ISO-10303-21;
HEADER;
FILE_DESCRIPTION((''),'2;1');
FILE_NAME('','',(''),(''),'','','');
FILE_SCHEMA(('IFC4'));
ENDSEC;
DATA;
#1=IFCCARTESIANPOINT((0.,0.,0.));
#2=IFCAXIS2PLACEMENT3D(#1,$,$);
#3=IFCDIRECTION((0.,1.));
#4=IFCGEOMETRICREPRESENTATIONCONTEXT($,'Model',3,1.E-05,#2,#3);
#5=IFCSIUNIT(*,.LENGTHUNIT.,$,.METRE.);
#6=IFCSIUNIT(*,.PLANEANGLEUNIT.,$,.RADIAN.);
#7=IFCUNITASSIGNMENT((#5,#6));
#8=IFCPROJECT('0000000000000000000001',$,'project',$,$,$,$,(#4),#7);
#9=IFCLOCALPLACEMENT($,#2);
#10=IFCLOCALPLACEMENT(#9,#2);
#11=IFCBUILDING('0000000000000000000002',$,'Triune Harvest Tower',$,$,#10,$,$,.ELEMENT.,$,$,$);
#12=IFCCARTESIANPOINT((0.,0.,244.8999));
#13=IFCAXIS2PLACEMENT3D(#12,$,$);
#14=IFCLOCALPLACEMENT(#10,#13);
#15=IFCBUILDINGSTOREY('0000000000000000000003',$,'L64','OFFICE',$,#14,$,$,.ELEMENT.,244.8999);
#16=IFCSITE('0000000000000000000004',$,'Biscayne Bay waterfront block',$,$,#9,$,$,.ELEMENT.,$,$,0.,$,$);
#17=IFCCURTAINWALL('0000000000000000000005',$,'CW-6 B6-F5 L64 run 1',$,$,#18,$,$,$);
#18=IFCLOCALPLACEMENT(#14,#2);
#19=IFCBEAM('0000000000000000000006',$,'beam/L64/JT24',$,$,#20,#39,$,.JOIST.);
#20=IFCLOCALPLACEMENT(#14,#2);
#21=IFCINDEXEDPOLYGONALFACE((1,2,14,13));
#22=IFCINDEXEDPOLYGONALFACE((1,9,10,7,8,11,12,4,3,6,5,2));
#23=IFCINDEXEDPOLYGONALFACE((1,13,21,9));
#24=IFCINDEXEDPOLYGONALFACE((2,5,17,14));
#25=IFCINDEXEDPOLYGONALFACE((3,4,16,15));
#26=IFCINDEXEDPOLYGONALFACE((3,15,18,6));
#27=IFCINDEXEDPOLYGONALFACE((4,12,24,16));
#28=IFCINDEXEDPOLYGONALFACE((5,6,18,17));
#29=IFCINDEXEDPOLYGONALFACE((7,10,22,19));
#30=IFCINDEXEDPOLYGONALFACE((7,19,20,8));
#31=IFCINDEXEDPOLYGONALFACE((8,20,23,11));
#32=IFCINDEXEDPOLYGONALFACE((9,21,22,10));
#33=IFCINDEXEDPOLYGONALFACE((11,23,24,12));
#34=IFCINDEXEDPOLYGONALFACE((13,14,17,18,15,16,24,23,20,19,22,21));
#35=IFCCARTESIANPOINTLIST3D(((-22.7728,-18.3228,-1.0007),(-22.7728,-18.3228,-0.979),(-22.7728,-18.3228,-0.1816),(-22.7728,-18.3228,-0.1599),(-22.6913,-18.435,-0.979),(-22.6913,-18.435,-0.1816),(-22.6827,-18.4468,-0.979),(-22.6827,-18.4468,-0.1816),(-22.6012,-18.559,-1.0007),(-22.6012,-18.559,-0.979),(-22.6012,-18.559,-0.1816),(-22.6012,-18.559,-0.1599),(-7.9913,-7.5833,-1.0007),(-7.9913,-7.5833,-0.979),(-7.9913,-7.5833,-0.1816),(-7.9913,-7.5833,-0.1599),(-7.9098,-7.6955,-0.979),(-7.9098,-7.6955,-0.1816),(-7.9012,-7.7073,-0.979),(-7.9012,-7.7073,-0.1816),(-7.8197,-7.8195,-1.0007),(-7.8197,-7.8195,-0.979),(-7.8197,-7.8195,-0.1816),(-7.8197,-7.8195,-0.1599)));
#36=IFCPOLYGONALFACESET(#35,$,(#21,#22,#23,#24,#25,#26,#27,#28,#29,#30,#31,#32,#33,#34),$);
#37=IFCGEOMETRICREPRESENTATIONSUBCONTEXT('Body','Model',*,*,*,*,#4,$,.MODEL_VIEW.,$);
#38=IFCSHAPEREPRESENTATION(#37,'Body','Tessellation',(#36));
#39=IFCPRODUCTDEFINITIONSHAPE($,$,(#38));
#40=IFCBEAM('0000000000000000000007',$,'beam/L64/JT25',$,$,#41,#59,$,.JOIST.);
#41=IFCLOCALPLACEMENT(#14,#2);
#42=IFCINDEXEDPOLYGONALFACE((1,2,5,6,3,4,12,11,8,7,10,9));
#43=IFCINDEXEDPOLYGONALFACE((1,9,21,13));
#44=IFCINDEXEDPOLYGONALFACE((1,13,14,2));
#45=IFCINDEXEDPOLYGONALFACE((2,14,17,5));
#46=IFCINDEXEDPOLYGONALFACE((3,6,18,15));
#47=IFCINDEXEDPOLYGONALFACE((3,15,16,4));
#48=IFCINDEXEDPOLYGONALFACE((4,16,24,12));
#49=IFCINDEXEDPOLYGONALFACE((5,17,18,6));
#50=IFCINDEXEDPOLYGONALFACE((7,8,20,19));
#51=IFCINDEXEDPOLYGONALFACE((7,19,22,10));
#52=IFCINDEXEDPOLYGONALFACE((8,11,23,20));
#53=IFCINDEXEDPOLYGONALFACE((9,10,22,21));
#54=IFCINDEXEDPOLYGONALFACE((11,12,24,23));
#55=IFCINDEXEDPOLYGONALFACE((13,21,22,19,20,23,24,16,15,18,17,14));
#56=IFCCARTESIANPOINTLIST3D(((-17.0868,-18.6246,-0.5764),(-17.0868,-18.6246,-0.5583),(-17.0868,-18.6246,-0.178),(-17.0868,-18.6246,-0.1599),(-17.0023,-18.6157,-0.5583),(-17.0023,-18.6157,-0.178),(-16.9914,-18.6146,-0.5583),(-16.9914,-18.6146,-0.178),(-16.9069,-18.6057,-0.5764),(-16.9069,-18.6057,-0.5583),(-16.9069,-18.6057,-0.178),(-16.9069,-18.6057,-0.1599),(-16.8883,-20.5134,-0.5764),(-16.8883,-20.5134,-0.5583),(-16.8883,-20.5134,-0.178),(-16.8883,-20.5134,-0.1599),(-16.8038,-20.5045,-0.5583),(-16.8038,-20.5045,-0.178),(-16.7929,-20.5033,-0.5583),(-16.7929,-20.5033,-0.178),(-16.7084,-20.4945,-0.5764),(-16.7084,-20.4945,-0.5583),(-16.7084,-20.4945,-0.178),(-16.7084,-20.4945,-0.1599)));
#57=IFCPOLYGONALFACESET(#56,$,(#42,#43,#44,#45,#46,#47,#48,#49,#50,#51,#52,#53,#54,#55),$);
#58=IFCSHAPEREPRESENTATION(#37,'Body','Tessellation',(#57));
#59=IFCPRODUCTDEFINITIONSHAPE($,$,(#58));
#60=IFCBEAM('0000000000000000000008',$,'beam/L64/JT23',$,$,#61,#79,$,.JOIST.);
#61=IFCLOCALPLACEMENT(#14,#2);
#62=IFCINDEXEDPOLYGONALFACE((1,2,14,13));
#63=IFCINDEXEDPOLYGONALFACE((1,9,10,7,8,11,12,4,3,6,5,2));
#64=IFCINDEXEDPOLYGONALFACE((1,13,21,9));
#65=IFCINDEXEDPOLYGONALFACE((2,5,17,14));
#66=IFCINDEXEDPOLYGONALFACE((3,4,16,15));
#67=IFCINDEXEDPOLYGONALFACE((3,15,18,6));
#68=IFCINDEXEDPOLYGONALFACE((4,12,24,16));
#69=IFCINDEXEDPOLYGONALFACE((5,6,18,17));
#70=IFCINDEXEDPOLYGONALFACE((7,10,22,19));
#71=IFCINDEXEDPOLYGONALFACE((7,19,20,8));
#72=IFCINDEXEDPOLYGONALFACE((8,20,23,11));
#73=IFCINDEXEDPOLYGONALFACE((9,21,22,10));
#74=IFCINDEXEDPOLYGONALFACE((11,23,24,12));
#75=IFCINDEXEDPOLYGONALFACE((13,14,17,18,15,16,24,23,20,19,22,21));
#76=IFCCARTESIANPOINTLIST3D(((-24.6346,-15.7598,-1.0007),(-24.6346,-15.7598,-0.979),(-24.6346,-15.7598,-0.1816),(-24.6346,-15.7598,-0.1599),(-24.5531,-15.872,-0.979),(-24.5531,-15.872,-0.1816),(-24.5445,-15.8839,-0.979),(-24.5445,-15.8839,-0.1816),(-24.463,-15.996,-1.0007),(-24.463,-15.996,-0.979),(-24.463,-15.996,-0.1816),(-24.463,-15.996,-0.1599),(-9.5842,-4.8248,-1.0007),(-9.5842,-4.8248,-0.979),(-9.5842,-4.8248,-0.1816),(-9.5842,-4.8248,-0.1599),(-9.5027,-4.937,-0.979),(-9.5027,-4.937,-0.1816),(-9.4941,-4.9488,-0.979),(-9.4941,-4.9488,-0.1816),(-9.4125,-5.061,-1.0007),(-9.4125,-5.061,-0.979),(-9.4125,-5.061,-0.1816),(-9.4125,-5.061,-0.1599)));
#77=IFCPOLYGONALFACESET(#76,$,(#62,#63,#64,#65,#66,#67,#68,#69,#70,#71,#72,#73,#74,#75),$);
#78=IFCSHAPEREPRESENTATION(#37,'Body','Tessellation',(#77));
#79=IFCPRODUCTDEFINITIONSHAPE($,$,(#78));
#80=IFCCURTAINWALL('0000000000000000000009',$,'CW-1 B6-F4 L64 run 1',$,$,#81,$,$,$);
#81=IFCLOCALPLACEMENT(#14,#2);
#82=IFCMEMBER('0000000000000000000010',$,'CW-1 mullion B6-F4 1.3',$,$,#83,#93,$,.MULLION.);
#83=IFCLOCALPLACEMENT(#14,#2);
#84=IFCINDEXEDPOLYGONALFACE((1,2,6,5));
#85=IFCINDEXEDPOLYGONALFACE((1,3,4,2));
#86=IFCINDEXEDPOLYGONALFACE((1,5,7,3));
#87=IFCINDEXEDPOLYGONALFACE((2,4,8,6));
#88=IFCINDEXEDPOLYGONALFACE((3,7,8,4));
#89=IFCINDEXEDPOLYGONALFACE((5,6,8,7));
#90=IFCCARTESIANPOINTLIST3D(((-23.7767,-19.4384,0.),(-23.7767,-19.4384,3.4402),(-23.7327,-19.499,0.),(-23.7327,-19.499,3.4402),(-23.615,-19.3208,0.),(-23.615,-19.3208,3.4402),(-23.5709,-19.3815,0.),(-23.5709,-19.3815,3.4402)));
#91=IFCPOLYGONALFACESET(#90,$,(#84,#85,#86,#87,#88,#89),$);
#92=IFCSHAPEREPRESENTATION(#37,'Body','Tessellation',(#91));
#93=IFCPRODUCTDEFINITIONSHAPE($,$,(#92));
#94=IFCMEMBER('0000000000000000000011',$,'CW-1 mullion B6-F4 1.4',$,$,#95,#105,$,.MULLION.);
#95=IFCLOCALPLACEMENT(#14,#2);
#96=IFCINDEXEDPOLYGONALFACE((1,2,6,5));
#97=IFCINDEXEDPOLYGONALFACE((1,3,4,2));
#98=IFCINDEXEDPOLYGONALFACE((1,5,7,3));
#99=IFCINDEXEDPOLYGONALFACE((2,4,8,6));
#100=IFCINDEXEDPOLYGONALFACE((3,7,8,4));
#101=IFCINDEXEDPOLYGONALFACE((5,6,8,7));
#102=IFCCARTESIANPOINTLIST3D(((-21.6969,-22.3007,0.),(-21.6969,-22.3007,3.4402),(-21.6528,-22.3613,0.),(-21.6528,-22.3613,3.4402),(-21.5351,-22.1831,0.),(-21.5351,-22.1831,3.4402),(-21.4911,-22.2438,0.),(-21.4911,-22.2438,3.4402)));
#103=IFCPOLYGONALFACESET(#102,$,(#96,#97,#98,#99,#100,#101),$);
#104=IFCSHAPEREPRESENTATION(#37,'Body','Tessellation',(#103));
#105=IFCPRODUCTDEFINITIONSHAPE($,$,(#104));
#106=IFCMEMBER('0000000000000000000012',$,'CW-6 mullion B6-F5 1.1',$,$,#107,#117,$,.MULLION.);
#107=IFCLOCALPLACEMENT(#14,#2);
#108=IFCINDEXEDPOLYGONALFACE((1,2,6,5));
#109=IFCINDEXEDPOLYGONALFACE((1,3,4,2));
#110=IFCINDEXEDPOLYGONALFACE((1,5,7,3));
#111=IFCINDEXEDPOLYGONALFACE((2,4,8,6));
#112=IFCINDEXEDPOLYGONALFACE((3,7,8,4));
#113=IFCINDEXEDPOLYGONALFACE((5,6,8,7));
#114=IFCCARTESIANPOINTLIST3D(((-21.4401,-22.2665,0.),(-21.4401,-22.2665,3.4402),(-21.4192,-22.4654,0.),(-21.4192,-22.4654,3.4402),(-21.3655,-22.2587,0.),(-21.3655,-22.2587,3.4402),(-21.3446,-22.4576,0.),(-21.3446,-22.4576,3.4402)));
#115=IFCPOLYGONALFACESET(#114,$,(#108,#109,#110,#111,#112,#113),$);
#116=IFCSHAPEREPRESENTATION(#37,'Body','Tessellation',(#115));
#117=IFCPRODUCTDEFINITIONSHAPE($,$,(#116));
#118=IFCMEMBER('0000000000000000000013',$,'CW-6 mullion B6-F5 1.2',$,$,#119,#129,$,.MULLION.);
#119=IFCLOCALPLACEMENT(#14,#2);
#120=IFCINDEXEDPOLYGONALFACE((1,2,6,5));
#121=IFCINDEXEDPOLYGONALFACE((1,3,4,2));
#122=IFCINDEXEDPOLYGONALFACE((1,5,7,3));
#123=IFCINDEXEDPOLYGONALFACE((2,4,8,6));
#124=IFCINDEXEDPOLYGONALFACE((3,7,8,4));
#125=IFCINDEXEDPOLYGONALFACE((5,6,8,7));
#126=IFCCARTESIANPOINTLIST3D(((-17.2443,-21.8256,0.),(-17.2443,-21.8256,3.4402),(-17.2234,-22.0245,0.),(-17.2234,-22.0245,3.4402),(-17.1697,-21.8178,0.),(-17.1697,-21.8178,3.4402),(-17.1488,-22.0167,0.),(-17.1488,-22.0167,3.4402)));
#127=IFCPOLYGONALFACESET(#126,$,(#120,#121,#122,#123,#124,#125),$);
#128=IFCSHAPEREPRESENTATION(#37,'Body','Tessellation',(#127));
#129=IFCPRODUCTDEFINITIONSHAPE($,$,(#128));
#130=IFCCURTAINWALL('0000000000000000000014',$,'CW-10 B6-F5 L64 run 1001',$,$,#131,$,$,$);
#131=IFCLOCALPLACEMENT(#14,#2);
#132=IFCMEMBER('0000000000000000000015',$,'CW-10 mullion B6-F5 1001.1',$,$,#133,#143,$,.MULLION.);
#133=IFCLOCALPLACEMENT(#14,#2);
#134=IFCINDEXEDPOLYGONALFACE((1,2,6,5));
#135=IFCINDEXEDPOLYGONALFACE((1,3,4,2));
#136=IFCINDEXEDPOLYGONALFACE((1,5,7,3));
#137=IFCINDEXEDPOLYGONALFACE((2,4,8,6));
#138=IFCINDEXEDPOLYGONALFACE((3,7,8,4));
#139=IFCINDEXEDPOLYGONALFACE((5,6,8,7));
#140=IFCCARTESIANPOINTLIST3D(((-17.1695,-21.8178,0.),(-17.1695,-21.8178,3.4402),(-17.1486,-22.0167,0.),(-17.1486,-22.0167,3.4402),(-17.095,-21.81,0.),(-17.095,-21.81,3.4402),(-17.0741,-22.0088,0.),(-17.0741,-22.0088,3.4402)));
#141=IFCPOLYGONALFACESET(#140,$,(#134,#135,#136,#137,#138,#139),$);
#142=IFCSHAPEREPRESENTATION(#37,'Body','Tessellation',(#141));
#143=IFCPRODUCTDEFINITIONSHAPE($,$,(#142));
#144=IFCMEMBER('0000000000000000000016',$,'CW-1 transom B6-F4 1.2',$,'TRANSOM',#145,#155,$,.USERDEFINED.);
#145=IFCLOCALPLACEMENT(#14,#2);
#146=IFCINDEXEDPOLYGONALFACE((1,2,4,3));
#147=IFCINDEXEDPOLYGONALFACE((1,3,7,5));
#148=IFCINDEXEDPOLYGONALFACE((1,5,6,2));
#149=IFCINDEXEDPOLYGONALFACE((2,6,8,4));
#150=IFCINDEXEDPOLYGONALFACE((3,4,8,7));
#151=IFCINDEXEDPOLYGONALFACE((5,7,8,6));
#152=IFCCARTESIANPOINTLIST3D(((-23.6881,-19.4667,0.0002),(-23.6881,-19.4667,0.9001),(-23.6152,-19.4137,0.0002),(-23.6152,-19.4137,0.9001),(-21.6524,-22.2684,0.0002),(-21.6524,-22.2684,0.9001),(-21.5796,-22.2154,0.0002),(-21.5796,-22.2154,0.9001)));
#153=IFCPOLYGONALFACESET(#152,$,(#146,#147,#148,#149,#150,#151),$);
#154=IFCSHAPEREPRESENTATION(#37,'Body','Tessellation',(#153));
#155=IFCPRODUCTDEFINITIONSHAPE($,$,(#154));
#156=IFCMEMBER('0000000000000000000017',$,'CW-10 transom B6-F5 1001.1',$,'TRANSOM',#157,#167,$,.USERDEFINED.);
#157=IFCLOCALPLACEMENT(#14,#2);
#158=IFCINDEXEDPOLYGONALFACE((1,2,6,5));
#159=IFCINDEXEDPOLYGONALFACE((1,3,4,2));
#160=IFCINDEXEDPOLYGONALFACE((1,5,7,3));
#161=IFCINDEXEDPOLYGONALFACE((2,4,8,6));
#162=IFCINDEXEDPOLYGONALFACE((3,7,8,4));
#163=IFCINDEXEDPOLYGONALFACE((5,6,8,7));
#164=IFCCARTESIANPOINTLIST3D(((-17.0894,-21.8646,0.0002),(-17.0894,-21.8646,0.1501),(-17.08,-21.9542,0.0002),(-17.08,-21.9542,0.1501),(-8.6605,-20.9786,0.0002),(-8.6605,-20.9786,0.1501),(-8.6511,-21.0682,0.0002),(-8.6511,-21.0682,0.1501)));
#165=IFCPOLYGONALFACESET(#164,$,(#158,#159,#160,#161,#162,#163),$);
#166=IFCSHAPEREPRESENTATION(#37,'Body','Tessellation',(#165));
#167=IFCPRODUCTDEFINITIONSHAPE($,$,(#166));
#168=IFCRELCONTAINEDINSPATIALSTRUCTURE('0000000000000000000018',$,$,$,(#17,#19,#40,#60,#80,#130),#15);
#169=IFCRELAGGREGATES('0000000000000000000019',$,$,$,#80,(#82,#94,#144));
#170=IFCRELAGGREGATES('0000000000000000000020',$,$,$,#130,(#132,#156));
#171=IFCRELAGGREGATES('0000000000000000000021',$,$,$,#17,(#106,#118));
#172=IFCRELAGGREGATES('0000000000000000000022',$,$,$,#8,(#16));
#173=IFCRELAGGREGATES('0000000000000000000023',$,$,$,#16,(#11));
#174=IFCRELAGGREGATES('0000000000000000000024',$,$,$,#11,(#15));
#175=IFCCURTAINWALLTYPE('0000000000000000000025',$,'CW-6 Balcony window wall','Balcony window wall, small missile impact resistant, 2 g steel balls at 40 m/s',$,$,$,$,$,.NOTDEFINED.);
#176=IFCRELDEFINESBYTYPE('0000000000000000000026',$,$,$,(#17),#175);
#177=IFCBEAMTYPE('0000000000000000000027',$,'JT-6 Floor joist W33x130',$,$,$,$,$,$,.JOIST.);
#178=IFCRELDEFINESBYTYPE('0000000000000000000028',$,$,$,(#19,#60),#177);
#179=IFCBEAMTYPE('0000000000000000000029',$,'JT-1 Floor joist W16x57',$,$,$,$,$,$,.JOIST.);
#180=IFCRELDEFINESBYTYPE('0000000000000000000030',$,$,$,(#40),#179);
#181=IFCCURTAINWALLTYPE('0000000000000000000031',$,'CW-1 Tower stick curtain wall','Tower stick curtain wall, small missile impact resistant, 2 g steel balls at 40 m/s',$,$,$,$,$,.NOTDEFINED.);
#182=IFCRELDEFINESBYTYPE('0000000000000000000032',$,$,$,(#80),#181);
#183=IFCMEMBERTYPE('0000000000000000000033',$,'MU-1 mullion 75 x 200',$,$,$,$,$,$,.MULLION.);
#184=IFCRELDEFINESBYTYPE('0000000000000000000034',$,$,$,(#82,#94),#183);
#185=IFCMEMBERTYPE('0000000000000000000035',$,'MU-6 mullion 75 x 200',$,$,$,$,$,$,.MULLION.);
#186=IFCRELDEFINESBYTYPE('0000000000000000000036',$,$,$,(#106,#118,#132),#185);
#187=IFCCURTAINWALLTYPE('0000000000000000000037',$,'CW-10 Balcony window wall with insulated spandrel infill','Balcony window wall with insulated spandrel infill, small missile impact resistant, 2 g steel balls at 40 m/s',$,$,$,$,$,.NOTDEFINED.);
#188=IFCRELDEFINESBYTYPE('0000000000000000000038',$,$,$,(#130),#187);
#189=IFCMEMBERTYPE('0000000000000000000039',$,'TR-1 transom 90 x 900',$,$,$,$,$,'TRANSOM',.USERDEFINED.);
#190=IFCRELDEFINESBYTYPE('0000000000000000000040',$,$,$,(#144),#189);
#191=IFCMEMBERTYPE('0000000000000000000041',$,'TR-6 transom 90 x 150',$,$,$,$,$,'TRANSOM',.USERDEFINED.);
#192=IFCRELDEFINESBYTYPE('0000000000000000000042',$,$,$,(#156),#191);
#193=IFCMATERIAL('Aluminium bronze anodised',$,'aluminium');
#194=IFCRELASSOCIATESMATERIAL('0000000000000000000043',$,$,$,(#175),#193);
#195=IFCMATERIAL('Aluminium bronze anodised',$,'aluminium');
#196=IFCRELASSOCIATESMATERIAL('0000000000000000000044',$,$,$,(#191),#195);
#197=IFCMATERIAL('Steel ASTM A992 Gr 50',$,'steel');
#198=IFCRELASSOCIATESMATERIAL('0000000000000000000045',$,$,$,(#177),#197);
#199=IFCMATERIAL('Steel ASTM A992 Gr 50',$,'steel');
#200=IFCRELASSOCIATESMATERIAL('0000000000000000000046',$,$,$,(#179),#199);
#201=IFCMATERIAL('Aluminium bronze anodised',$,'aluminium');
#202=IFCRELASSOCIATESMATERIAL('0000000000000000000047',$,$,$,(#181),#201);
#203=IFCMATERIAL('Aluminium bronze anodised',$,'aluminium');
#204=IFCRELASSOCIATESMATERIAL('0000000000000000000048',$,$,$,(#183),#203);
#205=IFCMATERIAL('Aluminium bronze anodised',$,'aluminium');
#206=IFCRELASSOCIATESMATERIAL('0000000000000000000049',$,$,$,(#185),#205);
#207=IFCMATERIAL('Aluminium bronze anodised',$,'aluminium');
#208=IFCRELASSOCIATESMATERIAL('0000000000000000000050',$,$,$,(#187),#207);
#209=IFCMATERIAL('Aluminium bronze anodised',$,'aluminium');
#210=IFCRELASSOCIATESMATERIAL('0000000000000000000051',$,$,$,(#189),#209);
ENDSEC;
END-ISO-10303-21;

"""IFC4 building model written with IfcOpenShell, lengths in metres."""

from ifc_helpers import new_model, si_unit, direction, frame, origin, origin_2d, place, context, subcontext, project, spatial, rectangle, i_section, extrude, source, transform, mapped, material, material_profile, profile_set, type_object, element, aggregate, save


model = new_model("IFC4")

# Units and contexts
model_context = context("Model", 3, precision=1e-05, world=origin(), true_north=direction((0.0, 1.0)))
body_context = subcontext(model_context, "Body", "Model", "MODEL_VIEW")
ifc_project = project(units=[si_unit("LENGTHUNIT", "METRE"), si_unit("PLANEANGLEUNIT", "RADIAN")], contexts=[model_context])

# Site, building, storey
site_placement = place(None, origin())
site = spatial("IfcSite", under=ifc_project, at=site_placement, Name="Biscayne Bay waterfront block", CompositionType="ELEMENT", RefElevation=0.0)
building_placement = place(site_placement, origin())
building = spatial("IfcBuilding", under=site, at=building_placement, Name="Triune Harvest Tower", CompositionType="ELEMENT")
storey_placement = place(building_placement, frame((0.0, 0.0, 244.8999)))
storey = spatial("IfcBuildingStorey", under=building, at=storey_placement, Name="L64", Description="OFFICE", CompositionType="ELEMENT", Elevation=244.8999)

# Curtain wall
ifc_material_1 = material(Name="Aluminium bronze anodised", Category="aluminium")
curtain_wall_type_1 = type_object("IfcCurtainWallType", Name="CW-6 Balcony window wall", Description="Balcony window wall, small missile impact resistant, 2 g steel balls at 40 m/s", PredefinedType="NOTDEFINED", material=ifc_material_1)
curtain_wall_1_placement = place(storey_placement, origin())
curtain_wall_1 = element("IfcCurtainWall", 1, at=curtain_wall_1_placement, inside=storey, type_object=curtain_wall_type_1, Name="CW-6 B6-F5 L64 run 1")
ifc_material_2 = material(Name="Aluminium bronze anodised", Category="aluminium")
ifc_material_profile_1 = material_profile(ifc_material_2, rectangle(XDim=0.0901, YDim=0.1499, at=origin_2d()), Name="TR-6 transom 90 x 150")
ifc_profile_set_1 = profile_set([ifc_material_profile_1], Name="Aluminium bronze anodised")
member_type_1 = type_object("IfcMemberType", Name="TR-6 transom 90 x 150", ElementType="TRANSOM", PredefinedType="USERDEFINED", material=ifc_profile_set_1)

# Beams
ifc_material_3 = material(Name="Steel ASTM A992 Gr 50", Category="steel")
ifc_material_profile_2 = material_profile(ifc_material_3, i_section(OverallWidth=0.292, OverallDepth=0.8408, WebThickness=0.0146, FlangeThickness=0.0217, at=origin_2d()), Name="W33x130")
ifc_profile_set_2 = profile_set([ifc_material_profile_2], Name="Steel ASTM A992 Gr 50")
beam_type_1 = type_object("IfcBeamType", Name="JT-6 Floor joist W33x130", PredefinedType="JOIST", material=ifc_profile_set_2)
shared_shape_1 = source(origin(), body_context, "Body", "SweptSolid", [
    extrude(i_section(OverallWidth=0.292, OverallDepth=0.8408, WebThickness=0.0146, FlangeThickness=0.0217, at=origin_2d()), origin(), (0.0, 0.0, 1.0), 18.271),
])
beam_1_placement = place(storey_placement, frame((-22.687, -18.4409, -0.5803), z_axis=(0.809014, 0.587789, 0.0), x_axis=(-0.587789, 0.809014, 0.0)))
element("IfcBeam", 2, at=beam_1_placement, inside=storey, type_object=beam_type_1, Name="beam/L64/JT24", PredefinedType="JOIST", context=body_context, shape_type="MappedRepresentation", body=[
    mapped(shared_shape_1, transform((0.0, 0.0, 0.0), scale=1.0)),
])
ifc_material_4 = material(Name="Steel ASTM A992 Gr 50", Category="steel")
ifc_material_profile_3 = material_profile(ifc_material_4, i_section(OverallWidth=0.1809, OverallDepth=0.4165, WebThickness=0.011, FlangeThickness=0.0181, at=origin_2d()), Name="W16x57")
ifc_profile_set_3 = profile_set([ifc_material_profile_3], Name="Steel ASTM A992 Gr 50")
beam_type_2 = type_object("IfcBeamType", Name="JT-1 Floor joist W16x57", PredefinedType="JOIST", material=ifc_profile_set_3)
shared_shape_2 = source(origin(), body_context, "Body", "SweptSolid", [
    extrude(i_section(OverallWidth=0.1809, OverallDepth=0.4165, WebThickness=0.011, FlangeThickness=0.0181, at=origin_2d()), origin(), (0.0, 0.0, 1.0), 1.8992),
])
beam_2_placement = place(storey_placement, frame((-16.7983, -20.5039, -0.3682), z_axis=(-0.104517, 0.994523, 0.0), x_axis=(-0.994523, -0.104517, 0.0)))
element("IfcBeam", 3, at=beam_2_placement, inside=storey, type_object=beam_type_2, Name="beam/L64/JT25", PredefinedType="JOIST", context=body_context, shape_type="MappedRepresentation", body=[
    mapped(shared_shape_2, transform((0.0, 0.0, 0.0), scale=1.0)),
])
shared_shape_3 = source(origin(), body_context, "Body", "SweptSolid", [
    extrude(i_section(OverallWidth=0.292, OverallDepth=0.8408, WebThickness=0.0146, FlangeThickness=0.0217, at=origin_2d()), origin(), (0.0, 0.0, 1.0), 18.6035),
])
beam_3_placement = place(storey_placement, frame((-24.5488, -15.8779, -0.5803), z_axis=(0.809012, 0.587792, 0.0), x_axis=(-0.587792, 0.809012, 0.0)))
element("IfcBeam", 4, at=beam_3_placement, inside=storey, type_object=beam_type_1, Name="beam/L64/JT23", PredefinedType="JOIST", context=body_context, shape_type="MappedRepresentation", body=[
    mapped(shared_shape_3, transform((0.0, 0.0, 0.0), scale=1.0)),
])

# Curtain wall, members
ifc_material_5 = material(Name="Aluminium bronze anodised", Category="aluminium")
curtain_wall_type_2 = type_object("IfcCurtainWallType", Name="CW-1 Tower stick curtain wall", Description="Tower stick curtain wall, small missile impact resistant, 2 g steel balls at 40 m/s", PredefinedType="NOTDEFINED", material=ifc_material_5)
curtain_wall_2_placement = place(storey_placement, origin())
curtain_wall_2 = element("IfcCurtainWall", 5, at=curtain_wall_2_placement, inside=storey, type_object=curtain_wall_type_2, Name="CW-1 B6-F4 L64 run 1")
ifc_material_6 = material(Name="Aluminium bronze anodised", Category="aluminium")
ifc_material_profile_4 = material_profile(ifc_material_6, rectangle(XDim=0.2, YDim=0.075, at=origin_2d()), Name="MU-1 mullion 75 x 200")
ifc_profile_set_4 = profile_set([ifc_material_profile_4], Name="Aluminium bronze anodised")
member_type_2 = type_object("IfcMemberType", Name="MU-1 mullion 75 x 200", PredefinedType="MULLION", material=ifc_profile_set_4)
shared_shape_4 = source(origin(), body_context, "Body", "SweptSolid", [
    extrude(rectangle(XDim=0.2, YDim=0.075, at=origin_2d()), origin(), (0.0, 0.0, 1.0), 3.4402),
])
member_1_placement = place(storey_placement, frame((-23.6738, -19.4099, 0.0), z_axis=(0.0, 0.0, 1.0), x_axis=(0.809014, 0.587789, 0.0)))
member_1 = element("IfcMember", 6, at=member_1_placement, type_object=member_type_2, Name="CW-1 mullion B6-F4 1.3", PredefinedType="MULLION", context=body_context, shape_type="MappedRepresentation", body=[
    mapped(shared_shape_4, transform((0.0, 0.0, 0.0), scale=1.0)),
])
member_2_placement = place(storey_placement, frame((-21.594, -22.2722, 0.0), z_axis=(0.0, 0.0, 1.0), x_axis=(0.809014, 0.587789, 0.0)))
member_2 = element("IfcMember", 7, at=member_2_placement, type_object=member_type_2, Name="CW-1 mullion B6-F4 1.4", PredefinedType="MULLION", context=body_context, shape_type="MappedRepresentation", body=[
    mapped(shared_shape_4, transform((0.0, 0.0, 0.0), scale=1.0)),
])

# Members
ifc_material_7 = material(Name="Aluminium bronze anodised", Category="aluminium")
ifc_material_profile_5 = material_profile(ifc_material_7, rectangle(XDim=0.2, YDim=0.075, at=origin_2d()), Name="MU-6 mullion 75 x 200")
ifc_profile_set_5 = profile_set([ifc_material_profile_5], Name="Aluminium bronze anodised")
member_type_3 = type_object("IfcMemberType", Name="MU-6 mullion 75 x 200", PredefinedType="MULLION", material=ifc_profile_set_5)
shared_shape_5 = source(origin(), body_context, "Body", "SweptSolid", [
    extrude(rectangle(XDim=0.2, YDim=0.075, at=origin_2d()), origin(), (0.0, 0.0, 1.0), 3.4402),
])
member_3_placement = place(storey_placement, frame((-21.3923, -22.3621, 0.0), z_axis=(0.0, 0.0, 1.0), x_axis=(-0.104518, 0.994523, 0.0)))
member_3 = element("IfcMember", 8, at=member_3_placement, type_object=member_type_3, Name="CW-6 mullion B6-F5 1.1", PredefinedType="MULLION", context=body_context, shape_type="MappedRepresentation", body=[
    mapped(shared_shape_5, transform((0.0, 0.0, 0.0), scale=1.0)),
])
member_4_placement = place(storey_placement, frame((-17.1965, -21.9211, 0.0), z_axis=(0.0, 0.0, 1.0), x_axis=(-0.104518, 0.994523, 0.0)))
member_4 = element("IfcMember", 9, at=member_4_placement, type_object=member_type_3, Name="CW-6 mullion B6-F5 1.2", PredefinedType="MULLION", context=body_context, shape_type="MappedRepresentation", body=[
    mapped(shared_shape_5, transform((0.0, 0.0, 0.0), scale=1.0)),
])

# Curtain wall, member
ifc_material_8 = material(Name="Aluminium bronze anodised", Category="aluminium")
curtain_wall_type_3 = type_object("IfcCurtainWallType", Name="CW-10 Balcony window wall with insulated spandrel infill", Description="Balcony window wall with insulated spandrel infill, small missile impact resistant, 2 g steel balls at 40 m/s", PredefinedType="NOTDEFINED", material=ifc_material_8)
curtain_wall_3_placement = place(storey_placement, origin())
curtain_wall_3 = element("IfcCurtainWall", 10, at=curtain_wall_3_placement, inside=storey, type_object=curtain_wall_type_3, Name="CW-10 B6-F5 L64 run 1001")
member_5_placement = place(storey_placement, frame((-17.1218, -21.9133, 0.0), z_axis=(0.0, 0.0, 1.0), x_axis=(-0.104534, 0.994521, 0.0)))
member_5 = element("IfcMember", 11, at=member_5_placement, type_object=member_type_3, Name="CW-10 mullion B6-F5 1001.1", PredefinedType="MULLION", context=body_context, shape_type="MappedRepresentation", body=[
    mapped(shared_shape_5, transform((0.0, 0.0, 0.0), scale=1.0)),
])

# Members
ifc_material_9 = material(Name="Aluminium bronze anodised", Category="aluminium")
ifc_material_profile_6 = material_profile(ifc_material_9, rectangle(XDim=0.0901, YDim=0.8999, at=origin_2d()), Name="TR-1 transom 90 x 900")
ifc_profile_set_6 = profile_set([ifc_material_profile_6], Name="Aluminium bronze anodised")
member_type_4 = type_object("IfcMemberType", Name="TR-1 transom 90 x 900", ElementType="TRANSOM", PredefinedType="USERDEFINED", material=ifc_profile_set_6)
shared_shape_6 = source(origin(), body_context, "Body", "SweptSolid", [
    extrude(rectangle(XDim=0.0901, YDim=0.8999, at=origin_2d()), origin(), (0.0, 0.0, 1.0), 3.4631),
])
member_6_placement = place(storey_placement, frame((-23.6516, -19.4402, 0.4502), z_axis=(0.587794, -0.80901, 0.0), x_axis=(0.80901, 0.587794, 0.0)))
member_6 = element("IfcMember", 12, at=member_6_placement, type_object=member_type_4, Name="CW-1 transom B6-F4 1.2", ObjectType="TRANSOM", PredefinedType="USERDEFINED", context=body_context, shape_type="MappedRepresentation", body=[
    mapped(shared_shape_6, transform((0.0, 0.0, 0.0), scale=1.0)),
])
shared_shape_7 = source(origin(), body_context, "Body", "SweptSolid", [
    extrude(rectangle(XDim=0.0901, YDim=0.1499, at=origin_2d()), origin(), (0.0, 0.0, 1.0), 8.4753),
])
member_7_placement = place(storey_placement, frame((-17.0847, -21.9094, 0.0752), z_axis=(0.994521, 0.104536, 0.0), x_axis=(-0.104536, 0.994521, 0.0)))
member_7 = element("IfcMember", 13, at=member_7_placement, type_object=member_type_1, Name="CW-10 transom B6-F5 1001.1", ObjectType="TRANSOM", PredefinedType="USERDEFINED", context=body_context, shape_type="MappedRepresentation", body=[
    mapped(shared_shape_7, transform((0.0, 0.0, 0.0), scale=1.0)),
])

aggregate(curtain_wall_2, [member_1, member_2, member_6])
aggregate(curtain_wall_3, [member_5, member_7])
aggregate(curtain_wall_1, [member_3, member_4])

save(model, "model.ifc")
